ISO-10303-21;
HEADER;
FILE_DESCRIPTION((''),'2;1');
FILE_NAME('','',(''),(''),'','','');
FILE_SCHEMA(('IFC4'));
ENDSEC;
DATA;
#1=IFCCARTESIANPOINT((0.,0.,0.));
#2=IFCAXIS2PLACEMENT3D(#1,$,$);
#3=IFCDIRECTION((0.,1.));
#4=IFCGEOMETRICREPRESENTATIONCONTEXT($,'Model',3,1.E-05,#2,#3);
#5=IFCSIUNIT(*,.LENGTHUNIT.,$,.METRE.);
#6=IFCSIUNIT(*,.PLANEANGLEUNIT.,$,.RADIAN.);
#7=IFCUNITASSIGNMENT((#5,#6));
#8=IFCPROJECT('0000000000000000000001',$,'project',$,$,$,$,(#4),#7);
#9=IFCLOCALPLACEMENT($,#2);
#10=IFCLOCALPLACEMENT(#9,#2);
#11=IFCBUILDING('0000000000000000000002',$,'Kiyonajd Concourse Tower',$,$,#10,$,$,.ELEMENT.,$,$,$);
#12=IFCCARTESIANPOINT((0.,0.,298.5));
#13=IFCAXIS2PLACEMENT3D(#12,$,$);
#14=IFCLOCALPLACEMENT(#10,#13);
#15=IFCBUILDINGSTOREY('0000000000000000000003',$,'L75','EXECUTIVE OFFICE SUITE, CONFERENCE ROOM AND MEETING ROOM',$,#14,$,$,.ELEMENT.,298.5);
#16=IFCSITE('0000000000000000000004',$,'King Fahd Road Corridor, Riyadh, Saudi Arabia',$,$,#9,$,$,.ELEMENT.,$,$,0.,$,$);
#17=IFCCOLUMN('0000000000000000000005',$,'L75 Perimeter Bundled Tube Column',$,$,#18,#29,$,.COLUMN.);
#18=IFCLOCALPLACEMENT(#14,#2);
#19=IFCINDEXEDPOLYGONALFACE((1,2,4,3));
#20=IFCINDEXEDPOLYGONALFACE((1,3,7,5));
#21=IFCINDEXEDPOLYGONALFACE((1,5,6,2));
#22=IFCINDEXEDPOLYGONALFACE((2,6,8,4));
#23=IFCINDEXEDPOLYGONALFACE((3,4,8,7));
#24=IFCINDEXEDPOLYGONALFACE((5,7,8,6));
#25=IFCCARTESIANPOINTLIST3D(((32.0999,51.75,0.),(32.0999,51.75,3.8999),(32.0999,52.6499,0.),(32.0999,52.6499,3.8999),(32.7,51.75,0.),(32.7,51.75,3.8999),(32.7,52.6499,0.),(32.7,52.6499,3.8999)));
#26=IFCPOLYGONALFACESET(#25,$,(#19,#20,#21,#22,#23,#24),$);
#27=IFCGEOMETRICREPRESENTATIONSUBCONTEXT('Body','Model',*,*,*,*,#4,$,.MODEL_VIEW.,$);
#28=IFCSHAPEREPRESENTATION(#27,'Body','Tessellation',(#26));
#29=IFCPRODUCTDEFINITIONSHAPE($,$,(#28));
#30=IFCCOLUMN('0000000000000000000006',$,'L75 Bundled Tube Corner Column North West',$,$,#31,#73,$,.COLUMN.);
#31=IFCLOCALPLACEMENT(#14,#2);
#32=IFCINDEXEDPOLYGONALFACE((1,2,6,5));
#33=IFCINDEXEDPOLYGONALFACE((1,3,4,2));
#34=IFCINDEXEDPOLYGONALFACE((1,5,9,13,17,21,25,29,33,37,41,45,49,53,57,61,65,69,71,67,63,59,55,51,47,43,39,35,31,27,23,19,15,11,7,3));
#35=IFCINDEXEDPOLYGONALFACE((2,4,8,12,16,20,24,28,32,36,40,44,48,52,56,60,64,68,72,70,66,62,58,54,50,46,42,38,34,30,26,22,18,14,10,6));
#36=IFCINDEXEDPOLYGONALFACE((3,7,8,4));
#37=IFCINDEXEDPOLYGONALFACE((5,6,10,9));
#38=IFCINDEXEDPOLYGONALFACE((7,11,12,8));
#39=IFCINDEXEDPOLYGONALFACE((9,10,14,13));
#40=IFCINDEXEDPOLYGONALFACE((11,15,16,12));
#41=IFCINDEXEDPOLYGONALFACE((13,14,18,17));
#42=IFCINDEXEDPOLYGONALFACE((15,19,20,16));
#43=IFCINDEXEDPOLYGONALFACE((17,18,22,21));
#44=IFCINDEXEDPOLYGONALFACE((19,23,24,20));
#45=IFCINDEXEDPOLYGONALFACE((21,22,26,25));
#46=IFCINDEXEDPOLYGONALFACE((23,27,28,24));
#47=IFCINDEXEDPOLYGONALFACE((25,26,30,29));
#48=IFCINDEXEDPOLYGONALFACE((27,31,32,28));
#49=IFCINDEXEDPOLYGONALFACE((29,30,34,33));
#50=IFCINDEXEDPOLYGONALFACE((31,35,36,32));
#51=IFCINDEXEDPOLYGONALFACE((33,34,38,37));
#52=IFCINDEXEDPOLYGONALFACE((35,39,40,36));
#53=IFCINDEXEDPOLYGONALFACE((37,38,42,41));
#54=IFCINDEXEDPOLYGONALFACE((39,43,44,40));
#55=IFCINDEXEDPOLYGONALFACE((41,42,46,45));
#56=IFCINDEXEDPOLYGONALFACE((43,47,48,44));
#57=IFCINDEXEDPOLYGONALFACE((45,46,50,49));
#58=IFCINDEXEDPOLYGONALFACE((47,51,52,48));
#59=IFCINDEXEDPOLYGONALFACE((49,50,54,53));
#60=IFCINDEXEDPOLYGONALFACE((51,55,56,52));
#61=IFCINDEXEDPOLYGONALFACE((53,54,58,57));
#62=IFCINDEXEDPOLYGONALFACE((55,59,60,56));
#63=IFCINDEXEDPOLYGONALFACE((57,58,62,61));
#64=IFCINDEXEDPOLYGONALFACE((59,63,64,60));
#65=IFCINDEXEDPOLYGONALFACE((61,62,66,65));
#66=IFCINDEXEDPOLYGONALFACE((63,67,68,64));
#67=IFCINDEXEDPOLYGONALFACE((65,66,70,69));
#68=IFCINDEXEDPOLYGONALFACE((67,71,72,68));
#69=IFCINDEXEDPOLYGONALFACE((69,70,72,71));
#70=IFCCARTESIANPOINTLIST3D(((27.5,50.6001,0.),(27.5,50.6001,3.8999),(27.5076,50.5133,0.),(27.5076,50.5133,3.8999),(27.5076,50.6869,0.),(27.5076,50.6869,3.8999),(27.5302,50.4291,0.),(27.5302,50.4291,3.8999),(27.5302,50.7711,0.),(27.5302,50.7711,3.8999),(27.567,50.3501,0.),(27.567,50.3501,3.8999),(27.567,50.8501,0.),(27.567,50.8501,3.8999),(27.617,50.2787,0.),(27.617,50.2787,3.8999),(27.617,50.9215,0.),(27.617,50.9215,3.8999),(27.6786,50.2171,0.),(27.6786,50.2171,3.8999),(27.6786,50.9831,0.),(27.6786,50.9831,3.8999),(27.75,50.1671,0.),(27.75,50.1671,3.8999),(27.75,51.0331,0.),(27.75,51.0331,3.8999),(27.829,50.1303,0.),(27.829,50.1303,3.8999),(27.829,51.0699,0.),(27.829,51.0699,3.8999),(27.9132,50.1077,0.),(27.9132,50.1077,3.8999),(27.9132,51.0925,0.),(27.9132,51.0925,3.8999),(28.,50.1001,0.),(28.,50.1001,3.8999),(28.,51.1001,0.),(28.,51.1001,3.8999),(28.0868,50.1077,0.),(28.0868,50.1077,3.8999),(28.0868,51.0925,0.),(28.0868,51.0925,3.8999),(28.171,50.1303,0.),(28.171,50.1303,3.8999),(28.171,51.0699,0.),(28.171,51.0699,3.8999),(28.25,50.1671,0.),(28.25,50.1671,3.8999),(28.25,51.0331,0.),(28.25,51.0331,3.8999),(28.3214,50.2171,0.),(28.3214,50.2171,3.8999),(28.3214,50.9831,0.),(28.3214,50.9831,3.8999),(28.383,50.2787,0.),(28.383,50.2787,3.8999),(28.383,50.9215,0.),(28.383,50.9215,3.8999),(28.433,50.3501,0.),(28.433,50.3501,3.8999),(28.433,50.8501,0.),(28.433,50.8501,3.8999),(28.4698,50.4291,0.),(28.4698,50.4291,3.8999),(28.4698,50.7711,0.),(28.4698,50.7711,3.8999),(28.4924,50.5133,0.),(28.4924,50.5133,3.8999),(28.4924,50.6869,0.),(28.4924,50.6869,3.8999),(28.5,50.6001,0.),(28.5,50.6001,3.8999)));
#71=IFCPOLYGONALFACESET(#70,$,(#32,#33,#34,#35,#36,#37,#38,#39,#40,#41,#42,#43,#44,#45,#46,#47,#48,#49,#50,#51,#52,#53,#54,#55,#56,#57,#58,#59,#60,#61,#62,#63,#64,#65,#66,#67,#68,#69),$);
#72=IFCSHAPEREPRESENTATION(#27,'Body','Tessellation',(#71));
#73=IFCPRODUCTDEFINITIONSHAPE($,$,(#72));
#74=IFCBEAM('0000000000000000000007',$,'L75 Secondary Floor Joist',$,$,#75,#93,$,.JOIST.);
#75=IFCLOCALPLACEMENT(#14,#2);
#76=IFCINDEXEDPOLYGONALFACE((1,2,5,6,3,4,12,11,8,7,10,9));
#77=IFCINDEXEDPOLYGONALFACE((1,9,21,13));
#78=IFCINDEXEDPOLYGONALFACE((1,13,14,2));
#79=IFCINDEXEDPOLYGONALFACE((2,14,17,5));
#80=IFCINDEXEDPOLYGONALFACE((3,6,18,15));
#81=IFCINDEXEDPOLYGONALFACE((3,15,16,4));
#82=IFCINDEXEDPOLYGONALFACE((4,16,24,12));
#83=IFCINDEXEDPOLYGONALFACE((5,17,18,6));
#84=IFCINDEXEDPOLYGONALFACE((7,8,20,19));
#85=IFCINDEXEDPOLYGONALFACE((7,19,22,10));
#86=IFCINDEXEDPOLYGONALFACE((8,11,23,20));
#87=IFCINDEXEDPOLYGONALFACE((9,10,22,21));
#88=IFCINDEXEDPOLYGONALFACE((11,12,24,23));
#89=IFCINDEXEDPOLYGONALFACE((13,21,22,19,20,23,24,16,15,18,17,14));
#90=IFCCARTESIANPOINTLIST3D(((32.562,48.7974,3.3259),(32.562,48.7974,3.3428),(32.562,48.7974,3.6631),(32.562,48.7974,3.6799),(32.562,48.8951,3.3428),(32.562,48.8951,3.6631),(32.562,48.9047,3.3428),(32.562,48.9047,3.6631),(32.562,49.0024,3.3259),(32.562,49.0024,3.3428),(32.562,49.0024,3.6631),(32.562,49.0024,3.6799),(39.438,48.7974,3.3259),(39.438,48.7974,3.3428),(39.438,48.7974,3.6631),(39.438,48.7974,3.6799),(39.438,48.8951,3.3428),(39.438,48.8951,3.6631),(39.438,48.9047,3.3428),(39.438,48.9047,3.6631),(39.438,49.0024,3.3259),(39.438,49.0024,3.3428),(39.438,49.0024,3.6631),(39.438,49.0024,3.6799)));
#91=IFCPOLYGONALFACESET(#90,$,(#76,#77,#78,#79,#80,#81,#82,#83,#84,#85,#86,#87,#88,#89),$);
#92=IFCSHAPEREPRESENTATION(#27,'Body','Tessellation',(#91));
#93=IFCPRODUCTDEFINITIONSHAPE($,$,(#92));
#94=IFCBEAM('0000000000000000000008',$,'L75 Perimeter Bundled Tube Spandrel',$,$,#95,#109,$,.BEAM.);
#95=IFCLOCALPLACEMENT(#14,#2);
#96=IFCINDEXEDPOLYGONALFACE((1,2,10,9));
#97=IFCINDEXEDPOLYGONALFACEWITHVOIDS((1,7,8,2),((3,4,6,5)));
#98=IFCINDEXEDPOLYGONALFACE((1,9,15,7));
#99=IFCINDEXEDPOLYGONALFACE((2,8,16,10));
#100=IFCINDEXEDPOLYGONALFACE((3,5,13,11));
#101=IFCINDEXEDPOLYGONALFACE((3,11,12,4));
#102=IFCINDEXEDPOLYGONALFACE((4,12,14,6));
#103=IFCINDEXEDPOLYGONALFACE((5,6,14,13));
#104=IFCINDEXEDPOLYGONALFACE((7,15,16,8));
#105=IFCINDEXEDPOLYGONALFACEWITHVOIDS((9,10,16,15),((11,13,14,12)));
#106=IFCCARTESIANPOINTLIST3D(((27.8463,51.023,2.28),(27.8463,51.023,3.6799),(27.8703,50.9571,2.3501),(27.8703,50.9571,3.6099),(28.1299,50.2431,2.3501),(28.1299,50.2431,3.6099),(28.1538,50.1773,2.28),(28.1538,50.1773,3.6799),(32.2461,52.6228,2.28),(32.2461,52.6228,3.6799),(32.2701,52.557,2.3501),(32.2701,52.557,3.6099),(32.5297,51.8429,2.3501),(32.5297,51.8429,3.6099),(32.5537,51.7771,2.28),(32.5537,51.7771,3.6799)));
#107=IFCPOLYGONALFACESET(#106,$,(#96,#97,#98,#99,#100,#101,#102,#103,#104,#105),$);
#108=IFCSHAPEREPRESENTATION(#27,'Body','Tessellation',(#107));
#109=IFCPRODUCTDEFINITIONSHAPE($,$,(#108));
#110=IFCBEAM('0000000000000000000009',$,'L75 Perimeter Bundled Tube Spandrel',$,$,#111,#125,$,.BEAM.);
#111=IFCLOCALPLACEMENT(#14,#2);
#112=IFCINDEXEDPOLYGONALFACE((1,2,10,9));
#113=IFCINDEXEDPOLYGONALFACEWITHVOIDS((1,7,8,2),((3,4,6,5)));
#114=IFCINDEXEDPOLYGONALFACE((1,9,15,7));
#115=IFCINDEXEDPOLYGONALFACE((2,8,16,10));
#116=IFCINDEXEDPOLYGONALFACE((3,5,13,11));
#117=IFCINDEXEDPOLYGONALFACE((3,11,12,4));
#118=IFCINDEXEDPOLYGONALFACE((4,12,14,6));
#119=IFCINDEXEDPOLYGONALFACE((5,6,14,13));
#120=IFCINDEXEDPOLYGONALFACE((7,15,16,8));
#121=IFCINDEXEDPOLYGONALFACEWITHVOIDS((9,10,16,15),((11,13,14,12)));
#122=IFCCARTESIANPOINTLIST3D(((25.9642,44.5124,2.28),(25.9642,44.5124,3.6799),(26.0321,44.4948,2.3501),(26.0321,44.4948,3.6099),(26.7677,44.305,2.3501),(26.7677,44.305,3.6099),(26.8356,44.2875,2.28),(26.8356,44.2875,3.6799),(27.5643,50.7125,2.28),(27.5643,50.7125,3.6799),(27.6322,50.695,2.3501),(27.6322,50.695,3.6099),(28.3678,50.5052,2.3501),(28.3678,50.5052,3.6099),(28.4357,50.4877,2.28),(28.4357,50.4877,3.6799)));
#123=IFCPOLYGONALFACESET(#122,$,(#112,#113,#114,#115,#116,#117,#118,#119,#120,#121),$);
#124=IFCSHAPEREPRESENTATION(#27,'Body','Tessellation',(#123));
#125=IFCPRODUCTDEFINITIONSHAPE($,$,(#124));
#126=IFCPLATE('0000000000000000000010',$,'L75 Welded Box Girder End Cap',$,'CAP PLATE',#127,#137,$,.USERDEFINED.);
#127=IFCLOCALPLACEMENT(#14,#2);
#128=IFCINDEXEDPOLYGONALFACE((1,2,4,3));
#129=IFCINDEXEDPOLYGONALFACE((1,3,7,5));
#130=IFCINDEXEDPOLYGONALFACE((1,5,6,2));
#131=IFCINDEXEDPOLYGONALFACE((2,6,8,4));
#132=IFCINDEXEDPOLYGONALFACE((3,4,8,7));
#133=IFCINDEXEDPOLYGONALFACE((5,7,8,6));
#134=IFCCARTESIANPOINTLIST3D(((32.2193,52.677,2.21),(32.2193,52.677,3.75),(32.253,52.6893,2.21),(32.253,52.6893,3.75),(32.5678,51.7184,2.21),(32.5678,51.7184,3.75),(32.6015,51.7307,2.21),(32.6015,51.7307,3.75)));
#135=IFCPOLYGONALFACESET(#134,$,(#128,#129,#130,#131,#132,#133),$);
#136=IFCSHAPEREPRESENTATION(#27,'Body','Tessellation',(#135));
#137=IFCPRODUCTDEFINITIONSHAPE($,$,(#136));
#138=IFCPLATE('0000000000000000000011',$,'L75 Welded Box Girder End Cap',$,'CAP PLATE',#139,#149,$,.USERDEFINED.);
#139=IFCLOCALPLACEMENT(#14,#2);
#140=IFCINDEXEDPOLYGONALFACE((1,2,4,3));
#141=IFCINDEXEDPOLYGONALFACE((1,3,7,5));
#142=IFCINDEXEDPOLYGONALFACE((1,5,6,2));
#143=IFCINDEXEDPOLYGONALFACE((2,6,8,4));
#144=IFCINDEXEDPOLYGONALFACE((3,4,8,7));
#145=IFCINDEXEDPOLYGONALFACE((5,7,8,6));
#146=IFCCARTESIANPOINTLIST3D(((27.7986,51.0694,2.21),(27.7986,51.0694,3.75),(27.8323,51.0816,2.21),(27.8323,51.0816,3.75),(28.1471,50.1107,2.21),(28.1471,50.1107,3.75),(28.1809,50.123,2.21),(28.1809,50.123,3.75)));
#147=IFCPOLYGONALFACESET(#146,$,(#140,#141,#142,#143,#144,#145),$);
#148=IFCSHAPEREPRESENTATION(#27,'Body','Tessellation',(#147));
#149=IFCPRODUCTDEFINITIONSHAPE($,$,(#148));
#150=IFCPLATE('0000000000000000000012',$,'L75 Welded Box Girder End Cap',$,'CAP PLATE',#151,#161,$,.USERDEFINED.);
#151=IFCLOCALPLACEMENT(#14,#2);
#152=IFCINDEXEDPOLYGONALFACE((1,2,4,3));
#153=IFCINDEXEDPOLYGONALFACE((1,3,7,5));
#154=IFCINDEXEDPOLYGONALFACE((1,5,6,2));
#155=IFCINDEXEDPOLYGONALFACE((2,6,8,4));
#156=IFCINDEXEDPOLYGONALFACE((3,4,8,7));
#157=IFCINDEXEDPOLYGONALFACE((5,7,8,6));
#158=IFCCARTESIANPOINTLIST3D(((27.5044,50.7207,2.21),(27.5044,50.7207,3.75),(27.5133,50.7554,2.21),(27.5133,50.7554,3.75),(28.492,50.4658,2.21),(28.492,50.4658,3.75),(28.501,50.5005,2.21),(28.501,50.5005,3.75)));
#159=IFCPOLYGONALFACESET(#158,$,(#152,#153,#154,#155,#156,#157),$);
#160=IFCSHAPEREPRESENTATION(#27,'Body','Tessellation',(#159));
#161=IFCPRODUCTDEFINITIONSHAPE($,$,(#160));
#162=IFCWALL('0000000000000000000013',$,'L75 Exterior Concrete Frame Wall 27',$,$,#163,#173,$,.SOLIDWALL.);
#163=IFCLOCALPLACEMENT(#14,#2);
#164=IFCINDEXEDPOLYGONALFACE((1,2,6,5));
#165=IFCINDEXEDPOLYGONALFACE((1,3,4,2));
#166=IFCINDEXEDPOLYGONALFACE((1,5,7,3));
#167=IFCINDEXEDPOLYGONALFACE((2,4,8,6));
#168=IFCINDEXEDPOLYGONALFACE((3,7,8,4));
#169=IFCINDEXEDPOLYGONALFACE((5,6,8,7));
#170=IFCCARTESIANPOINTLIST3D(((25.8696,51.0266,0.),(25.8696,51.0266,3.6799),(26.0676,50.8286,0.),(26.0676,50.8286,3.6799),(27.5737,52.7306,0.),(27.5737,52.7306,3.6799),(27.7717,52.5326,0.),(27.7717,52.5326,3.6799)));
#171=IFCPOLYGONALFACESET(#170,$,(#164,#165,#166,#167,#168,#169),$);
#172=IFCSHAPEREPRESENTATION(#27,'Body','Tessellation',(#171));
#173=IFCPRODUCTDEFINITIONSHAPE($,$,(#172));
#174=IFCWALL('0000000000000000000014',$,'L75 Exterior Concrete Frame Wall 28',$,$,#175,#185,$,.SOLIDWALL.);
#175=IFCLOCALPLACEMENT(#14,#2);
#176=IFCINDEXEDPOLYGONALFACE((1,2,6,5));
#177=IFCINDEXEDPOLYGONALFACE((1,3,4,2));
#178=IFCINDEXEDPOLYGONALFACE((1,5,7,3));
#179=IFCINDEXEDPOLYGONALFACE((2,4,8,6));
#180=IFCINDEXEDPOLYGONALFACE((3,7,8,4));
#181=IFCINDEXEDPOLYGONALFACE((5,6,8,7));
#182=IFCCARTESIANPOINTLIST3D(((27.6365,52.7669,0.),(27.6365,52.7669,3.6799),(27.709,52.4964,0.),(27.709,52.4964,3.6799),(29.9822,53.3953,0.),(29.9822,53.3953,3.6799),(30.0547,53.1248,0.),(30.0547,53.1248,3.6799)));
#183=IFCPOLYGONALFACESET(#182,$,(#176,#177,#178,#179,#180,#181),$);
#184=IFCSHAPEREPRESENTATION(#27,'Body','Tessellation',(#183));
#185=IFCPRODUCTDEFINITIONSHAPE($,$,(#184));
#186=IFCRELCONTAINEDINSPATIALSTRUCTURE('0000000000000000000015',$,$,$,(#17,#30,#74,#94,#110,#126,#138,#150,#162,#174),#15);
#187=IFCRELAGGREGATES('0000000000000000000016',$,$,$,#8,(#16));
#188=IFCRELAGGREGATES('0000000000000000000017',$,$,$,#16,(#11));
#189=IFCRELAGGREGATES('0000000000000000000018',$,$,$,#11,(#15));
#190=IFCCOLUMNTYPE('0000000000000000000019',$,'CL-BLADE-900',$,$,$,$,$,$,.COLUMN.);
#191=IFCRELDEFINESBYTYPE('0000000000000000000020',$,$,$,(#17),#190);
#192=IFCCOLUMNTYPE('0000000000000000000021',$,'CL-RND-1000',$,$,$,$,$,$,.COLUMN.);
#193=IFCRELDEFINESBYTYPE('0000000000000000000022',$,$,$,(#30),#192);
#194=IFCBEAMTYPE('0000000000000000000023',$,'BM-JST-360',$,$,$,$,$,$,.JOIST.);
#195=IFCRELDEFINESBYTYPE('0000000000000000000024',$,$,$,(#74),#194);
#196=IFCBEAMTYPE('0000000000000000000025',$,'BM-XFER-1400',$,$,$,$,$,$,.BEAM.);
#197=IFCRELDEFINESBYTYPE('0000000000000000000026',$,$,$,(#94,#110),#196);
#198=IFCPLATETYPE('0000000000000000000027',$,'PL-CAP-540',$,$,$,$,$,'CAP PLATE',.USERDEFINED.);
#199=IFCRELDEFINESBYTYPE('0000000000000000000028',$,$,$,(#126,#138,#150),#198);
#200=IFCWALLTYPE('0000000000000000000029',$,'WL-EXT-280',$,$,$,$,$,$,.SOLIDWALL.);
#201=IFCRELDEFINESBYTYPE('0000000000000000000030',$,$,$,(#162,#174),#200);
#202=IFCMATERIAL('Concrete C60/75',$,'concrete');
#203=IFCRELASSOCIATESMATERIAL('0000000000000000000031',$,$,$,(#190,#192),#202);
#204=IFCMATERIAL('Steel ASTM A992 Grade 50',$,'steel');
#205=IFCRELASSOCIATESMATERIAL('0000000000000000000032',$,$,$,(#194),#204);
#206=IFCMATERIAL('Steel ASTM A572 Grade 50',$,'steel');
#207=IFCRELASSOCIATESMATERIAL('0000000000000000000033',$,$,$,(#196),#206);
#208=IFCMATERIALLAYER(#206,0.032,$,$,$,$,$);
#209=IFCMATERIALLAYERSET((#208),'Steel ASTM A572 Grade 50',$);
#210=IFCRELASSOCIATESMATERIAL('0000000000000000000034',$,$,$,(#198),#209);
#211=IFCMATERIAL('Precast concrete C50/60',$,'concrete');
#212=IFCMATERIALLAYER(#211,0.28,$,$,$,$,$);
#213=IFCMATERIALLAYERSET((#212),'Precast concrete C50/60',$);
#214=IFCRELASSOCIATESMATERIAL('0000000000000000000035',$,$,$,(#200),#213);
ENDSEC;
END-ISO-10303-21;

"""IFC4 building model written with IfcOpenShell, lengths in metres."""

from ifc_helpers import new_model, si_unit, direction, frame, frame_2d, origin, origin_2d, place, context, subcontext, project, spatial, rectangle, hollow_rectangle, circle, i_section, extrude, material, layer, layer_set, material_profile, profile_set, type_object, element, save


model = new_model("IFC4")

# Units and contexts
model_context = context("Model", 3, precision=1e-05, world=origin(), true_north=direction((0.0, 1.0)))
body_context = subcontext(model_context, "Body", "Model", "MODEL_VIEW")
ifc_project = project(units=[si_unit("LENGTHUNIT", "METRE"), si_unit("PLANEANGLEUNIT", "RADIAN")], contexts=[model_context])

# Site, building, storey
site_placement = place(None, origin())
site = spatial("IfcSite", under=ifc_project, at=site_placement, Name="King Fahd Road Corridor, Riyadh, Saudi Arabia", CompositionType="ELEMENT", RefElevation=0.0)
building_placement = place(site_placement, origin())
building = spatial("IfcBuilding", under=site, at=building_placement, Name="Kiyonajd Concourse Tower", CompositionType="ELEMENT")
storey_placement = place(building_placement, frame((0.0, 0.0, 298.5)))
storey = spatial("IfcBuildingStorey", under=building, at=storey_placement, Name="L75", Description="EXECUTIVE OFFICE SUITE, CONFERENCE ROOM AND MEETING ROOM", CompositionType="ELEMENT", Elevation=298.5)

# Columns
ifc_material_1 = material(Name="Concrete C60/75", Category="concrete")
ifc_material_profile_1 = material_profile(ifc_material_1, rectangle(XDim=0.6001, YDim=0.8999, at=origin_2d()), Name="RC-900x600")
ifc_profile_set_1 = profile_set([ifc_material_profile_1], Name="Concrete C60/75")
column_type_1 = type_object("IfcColumnType", Name="CL-BLADE-900", PredefinedType="COLUMN", material=ifc_profile_set_1)
column_1_placement = place(storey_placement, frame((32.3999, 52.2, 0.0), z_axis=(0.0, 0.0, 1.0), x_axis=(1.0, 0.0, 0.0)))
element("IfcColumn", 1, at=column_1_placement, inside=storey, type_object=column_type_1, Name="L75 Perimeter Bundled Tube Column", PredefinedType="COLUMN", context=body_context, shape_type="SweptSolid", body=[
    extrude(rectangle(XDim=0.6001, YDim=0.8999, at=origin_2d()), origin(), (0.0, 0.0, 1.0), 3.8999),
])
ifc_material_profile_2 = material_profile(ifc_material_1, circle(Radius=0.5, at=origin_2d()), Name="RCC-D1000")
ifc_profile_set_2 = profile_set([ifc_material_profile_2], Name="Concrete C60/75")
column_type_2 = type_object("IfcColumnType", Name="CL-RND-1000", PredefinedType="COLUMN", material=ifc_profile_set_2)
column_2_placement = place(storey_placement, frame((28.0, 50.6001, 0.0), z_axis=(0.0, 0.0, 1.0), x_axis=(1.0, 0.0, 0.0)))
element("IfcColumn", 2, at=column_2_placement, inside=storey, type_object=column_type_2, Name="L75 Bundled Tube Corner Column North West", PredefinedType="COLUMN", context=body_context, shape_type="SweptSolid", body=[
    extrude(circle(Radius=0.5, at=origin_2d()), origin(), (0.0, 0.0, 1.0), 3.8999),
])

# Beams
ifc_material_2 = material(Name="Steel ASTM A992 Grade 50", Category="steel")
ifc_material_profile_3 = material_profile(ifc_material_2, i_section(OverallWidth=0.2051, OverallDepth=0.354, WebThickness=0.0095, FlangeThickness=0.0168, at=origin_2d()), Name="W360X79")
ifc_profile_set_3 = profile_set([ifc_material_profile_3], Name="Steel ASTM A992 Grade 50")
beam_type_1 = type_object("IfcBeamType", Name="BM-JST-360", PredefinedType="JOIST", material=ifc_profile_set_3)
beam_1_placement = place(storey_placement, frame((32.562, 48.8999, 3.5029), z_axis=(1.0, 0.0, 0.0), x_axis=(0.0, 1.0, 0.0)))
element("IfcBeam", 3, at=beam_1_placement, inside=storey, type_object=beam_type_1, Name="L75 Secondary Floor Joist", PredefinedType="JOIST", context=body_context, shape_type="SweptSolid", body=[
    extrude(i_section(OverallWidth=0.2051, OverallDepth=0.354, WebThickness=0.0095, FlangeThickness=0.0168, at=origin_2d()), origin(), (0.0, 0.0, 1.0), 6.876),
])
ifc_material_3 = material(Name="Steel ASTM A572 Grade 50", Category="steel")
ifc_material_profile_4 = material_profile(ifc_material_3, hollow_rectangle(XDim=0.8999, YDim=1.3999, WallThickness=0.0701, at=origin_2d()), Name="BOX-1400x900x70")
ifc_profile_set_4 = profile_set([ifc_material_profile_4], Name="Steel ASTM A572 Grade 50")
beam_type_2 = type_object("IfcBeamType", Name="BM-XFER-1400", PredefinedType="BEAM", material=ifc_profile_set_4)
beam_2_placement = place(storey_placement, frame((32.3999, 52.2, 2.98), z_axis=(-0.939801, -0.341722, 0.0), x_axis=(0.341722, -0.939801, 0.0)))
element("IfcBeam", 4, at=beam_2_placement, inside=storey, type_object=beam_type_2, Name="L75 Perimeter Bundled Tube Spandrel", PredefinedType="BEAM", context=body_context, shape_type="SweptSolid", body=[
    extrude(hollow_rectangle(XDim=0.8999, YDim=1.3999, WallThickness=0.0701, at=origin_2d()), origin(), (0.0, 0.0, 1.0), 4.6816),
])
beam_3_placement = place(storey_placement, frame((28.0, 50.6001, 2.98), z_axis=(-0.249885, -0.968276, 0.0), x_axis=(0.968276, -0.249885, 0.0)))
element("IfcBeam", 5, at=beam_3_placement, inside=storey, type_object=beam_type_2, Name="L75 Perimeter Bundled Tube Spandrel", PredefinedType="BEAM", context=body_context, shape_type="SweptSolid", body=[
    extrude(hollow_rectangle(XDim=0.8999, YDim=1.3999, WallThickness=0.0701, at=origin_2d()), origin(), (0.0, 0.0, 1.0), 6.4033),
])

# Plates
ifc_layer_1 = layer(ifc_material_3, 0.032)
ifc_layer_set_1 = layer_set([ifc_layer_1], Name="Steel ASTM A572 Grade 50")
plate_type = type_object("IfcPlateType", Name="PL-CAP-540", ElementType="CAP PLATE", PredefinedType="USERDEFINED", material=ifc_layer_set_1)
for number, where, z_axis, x_axis, name in (
    (6, (32.4104, 52.2039, 2.21), (0.0, 0.0, 1.0), (0.939812, 0.341692, 0.0), "L75 Welded Box Girder End Cap"),
    (7, (27.9897, 50.5962, 2.21), (0.0, 0.0, 1.0), (-0.939812, -0.341692, 0.0), "L75 Welded Box Girder End Cap"),
    (8, (28.0027, 50.6106, 2.21), (0.0, 0.0, 1.0), (0.249873, 0.968279, 0.0), "L75 Welded Box Girder End Cap"),
):
    element("IfcPlate", number, at=place(storey_placement, frame(where, z_axis=z_axis, x_axis=x_axis)), inside=storey, type_object=plate_type, Name=name, ObjectType="CAP PLATE", PredefinedType="USERDEFINED", context=body_context, shape_type="SweptSolid", body=[
        extrude(rectangle(XDim=0.0359, YDim=1.02, at=origin_2d()), origin(), (0.0, 0.0, 1.0), 1.54),
    ])

# Walls
ifc_material_4 = material(Name="Precast concrete C50/60", Category="concrete")
ifc_layer_2 = layer(ifc_material_4, 0.28)
ifc_layer_set_2 = layer_set([ifc_layer_2], Name="Precast concrete C50/60")
wall_type = type_object("IfcWallType", Name="WL-EXT-280", PredefinedType="SOLIDWALL", material=ifc_layer_set_2)
wall_1_placement = place(storey_placement, frame((25.9685, 50.9275, 0.0), z_axis=(0.0, 0.0, 1.0), x_axis=(0.707107, 0.707107, 0.0)))
element("IfcWall", 9, at=wall_1_placement, inside=storey, type_object=wall_type, Name="L75 Exterior Concrete Frame Wall 27", PredefinedType="SOLIDWALL", context=body_context, shape_type="SweptSolid", body=[
    extrude(rectangle(XDim=2.4099, YDim=0.28, at=frame_2d((1.2051, 0.0))), origin(), (0.0, 0.0, 1.0), 3.6799),
])
wall_2_placement = place(storey_placement, frame((27.6726, 52.6316, 0.0), z_axis=(0.0, 0.0, 1.0), x_axis=(0.965937, 0.258776, 0.0)))
element("IfcWall", 10, at=wall_2_placement, inside=storey, type_object=wall_type, Name="L75 Exterior Concrete Frame Wall 28", PredefinedType="SOLIDWALL", context=body_context, shape_type="SweptSolid", body=[
    extrude(rectangle(XDim=2.4285, YDim=0.28, at=frame_2d((1.2144, 0.0))), origin(), (0.0, 0.0, 1.0), 3.6799),
])

save(model, "model.ifc")
